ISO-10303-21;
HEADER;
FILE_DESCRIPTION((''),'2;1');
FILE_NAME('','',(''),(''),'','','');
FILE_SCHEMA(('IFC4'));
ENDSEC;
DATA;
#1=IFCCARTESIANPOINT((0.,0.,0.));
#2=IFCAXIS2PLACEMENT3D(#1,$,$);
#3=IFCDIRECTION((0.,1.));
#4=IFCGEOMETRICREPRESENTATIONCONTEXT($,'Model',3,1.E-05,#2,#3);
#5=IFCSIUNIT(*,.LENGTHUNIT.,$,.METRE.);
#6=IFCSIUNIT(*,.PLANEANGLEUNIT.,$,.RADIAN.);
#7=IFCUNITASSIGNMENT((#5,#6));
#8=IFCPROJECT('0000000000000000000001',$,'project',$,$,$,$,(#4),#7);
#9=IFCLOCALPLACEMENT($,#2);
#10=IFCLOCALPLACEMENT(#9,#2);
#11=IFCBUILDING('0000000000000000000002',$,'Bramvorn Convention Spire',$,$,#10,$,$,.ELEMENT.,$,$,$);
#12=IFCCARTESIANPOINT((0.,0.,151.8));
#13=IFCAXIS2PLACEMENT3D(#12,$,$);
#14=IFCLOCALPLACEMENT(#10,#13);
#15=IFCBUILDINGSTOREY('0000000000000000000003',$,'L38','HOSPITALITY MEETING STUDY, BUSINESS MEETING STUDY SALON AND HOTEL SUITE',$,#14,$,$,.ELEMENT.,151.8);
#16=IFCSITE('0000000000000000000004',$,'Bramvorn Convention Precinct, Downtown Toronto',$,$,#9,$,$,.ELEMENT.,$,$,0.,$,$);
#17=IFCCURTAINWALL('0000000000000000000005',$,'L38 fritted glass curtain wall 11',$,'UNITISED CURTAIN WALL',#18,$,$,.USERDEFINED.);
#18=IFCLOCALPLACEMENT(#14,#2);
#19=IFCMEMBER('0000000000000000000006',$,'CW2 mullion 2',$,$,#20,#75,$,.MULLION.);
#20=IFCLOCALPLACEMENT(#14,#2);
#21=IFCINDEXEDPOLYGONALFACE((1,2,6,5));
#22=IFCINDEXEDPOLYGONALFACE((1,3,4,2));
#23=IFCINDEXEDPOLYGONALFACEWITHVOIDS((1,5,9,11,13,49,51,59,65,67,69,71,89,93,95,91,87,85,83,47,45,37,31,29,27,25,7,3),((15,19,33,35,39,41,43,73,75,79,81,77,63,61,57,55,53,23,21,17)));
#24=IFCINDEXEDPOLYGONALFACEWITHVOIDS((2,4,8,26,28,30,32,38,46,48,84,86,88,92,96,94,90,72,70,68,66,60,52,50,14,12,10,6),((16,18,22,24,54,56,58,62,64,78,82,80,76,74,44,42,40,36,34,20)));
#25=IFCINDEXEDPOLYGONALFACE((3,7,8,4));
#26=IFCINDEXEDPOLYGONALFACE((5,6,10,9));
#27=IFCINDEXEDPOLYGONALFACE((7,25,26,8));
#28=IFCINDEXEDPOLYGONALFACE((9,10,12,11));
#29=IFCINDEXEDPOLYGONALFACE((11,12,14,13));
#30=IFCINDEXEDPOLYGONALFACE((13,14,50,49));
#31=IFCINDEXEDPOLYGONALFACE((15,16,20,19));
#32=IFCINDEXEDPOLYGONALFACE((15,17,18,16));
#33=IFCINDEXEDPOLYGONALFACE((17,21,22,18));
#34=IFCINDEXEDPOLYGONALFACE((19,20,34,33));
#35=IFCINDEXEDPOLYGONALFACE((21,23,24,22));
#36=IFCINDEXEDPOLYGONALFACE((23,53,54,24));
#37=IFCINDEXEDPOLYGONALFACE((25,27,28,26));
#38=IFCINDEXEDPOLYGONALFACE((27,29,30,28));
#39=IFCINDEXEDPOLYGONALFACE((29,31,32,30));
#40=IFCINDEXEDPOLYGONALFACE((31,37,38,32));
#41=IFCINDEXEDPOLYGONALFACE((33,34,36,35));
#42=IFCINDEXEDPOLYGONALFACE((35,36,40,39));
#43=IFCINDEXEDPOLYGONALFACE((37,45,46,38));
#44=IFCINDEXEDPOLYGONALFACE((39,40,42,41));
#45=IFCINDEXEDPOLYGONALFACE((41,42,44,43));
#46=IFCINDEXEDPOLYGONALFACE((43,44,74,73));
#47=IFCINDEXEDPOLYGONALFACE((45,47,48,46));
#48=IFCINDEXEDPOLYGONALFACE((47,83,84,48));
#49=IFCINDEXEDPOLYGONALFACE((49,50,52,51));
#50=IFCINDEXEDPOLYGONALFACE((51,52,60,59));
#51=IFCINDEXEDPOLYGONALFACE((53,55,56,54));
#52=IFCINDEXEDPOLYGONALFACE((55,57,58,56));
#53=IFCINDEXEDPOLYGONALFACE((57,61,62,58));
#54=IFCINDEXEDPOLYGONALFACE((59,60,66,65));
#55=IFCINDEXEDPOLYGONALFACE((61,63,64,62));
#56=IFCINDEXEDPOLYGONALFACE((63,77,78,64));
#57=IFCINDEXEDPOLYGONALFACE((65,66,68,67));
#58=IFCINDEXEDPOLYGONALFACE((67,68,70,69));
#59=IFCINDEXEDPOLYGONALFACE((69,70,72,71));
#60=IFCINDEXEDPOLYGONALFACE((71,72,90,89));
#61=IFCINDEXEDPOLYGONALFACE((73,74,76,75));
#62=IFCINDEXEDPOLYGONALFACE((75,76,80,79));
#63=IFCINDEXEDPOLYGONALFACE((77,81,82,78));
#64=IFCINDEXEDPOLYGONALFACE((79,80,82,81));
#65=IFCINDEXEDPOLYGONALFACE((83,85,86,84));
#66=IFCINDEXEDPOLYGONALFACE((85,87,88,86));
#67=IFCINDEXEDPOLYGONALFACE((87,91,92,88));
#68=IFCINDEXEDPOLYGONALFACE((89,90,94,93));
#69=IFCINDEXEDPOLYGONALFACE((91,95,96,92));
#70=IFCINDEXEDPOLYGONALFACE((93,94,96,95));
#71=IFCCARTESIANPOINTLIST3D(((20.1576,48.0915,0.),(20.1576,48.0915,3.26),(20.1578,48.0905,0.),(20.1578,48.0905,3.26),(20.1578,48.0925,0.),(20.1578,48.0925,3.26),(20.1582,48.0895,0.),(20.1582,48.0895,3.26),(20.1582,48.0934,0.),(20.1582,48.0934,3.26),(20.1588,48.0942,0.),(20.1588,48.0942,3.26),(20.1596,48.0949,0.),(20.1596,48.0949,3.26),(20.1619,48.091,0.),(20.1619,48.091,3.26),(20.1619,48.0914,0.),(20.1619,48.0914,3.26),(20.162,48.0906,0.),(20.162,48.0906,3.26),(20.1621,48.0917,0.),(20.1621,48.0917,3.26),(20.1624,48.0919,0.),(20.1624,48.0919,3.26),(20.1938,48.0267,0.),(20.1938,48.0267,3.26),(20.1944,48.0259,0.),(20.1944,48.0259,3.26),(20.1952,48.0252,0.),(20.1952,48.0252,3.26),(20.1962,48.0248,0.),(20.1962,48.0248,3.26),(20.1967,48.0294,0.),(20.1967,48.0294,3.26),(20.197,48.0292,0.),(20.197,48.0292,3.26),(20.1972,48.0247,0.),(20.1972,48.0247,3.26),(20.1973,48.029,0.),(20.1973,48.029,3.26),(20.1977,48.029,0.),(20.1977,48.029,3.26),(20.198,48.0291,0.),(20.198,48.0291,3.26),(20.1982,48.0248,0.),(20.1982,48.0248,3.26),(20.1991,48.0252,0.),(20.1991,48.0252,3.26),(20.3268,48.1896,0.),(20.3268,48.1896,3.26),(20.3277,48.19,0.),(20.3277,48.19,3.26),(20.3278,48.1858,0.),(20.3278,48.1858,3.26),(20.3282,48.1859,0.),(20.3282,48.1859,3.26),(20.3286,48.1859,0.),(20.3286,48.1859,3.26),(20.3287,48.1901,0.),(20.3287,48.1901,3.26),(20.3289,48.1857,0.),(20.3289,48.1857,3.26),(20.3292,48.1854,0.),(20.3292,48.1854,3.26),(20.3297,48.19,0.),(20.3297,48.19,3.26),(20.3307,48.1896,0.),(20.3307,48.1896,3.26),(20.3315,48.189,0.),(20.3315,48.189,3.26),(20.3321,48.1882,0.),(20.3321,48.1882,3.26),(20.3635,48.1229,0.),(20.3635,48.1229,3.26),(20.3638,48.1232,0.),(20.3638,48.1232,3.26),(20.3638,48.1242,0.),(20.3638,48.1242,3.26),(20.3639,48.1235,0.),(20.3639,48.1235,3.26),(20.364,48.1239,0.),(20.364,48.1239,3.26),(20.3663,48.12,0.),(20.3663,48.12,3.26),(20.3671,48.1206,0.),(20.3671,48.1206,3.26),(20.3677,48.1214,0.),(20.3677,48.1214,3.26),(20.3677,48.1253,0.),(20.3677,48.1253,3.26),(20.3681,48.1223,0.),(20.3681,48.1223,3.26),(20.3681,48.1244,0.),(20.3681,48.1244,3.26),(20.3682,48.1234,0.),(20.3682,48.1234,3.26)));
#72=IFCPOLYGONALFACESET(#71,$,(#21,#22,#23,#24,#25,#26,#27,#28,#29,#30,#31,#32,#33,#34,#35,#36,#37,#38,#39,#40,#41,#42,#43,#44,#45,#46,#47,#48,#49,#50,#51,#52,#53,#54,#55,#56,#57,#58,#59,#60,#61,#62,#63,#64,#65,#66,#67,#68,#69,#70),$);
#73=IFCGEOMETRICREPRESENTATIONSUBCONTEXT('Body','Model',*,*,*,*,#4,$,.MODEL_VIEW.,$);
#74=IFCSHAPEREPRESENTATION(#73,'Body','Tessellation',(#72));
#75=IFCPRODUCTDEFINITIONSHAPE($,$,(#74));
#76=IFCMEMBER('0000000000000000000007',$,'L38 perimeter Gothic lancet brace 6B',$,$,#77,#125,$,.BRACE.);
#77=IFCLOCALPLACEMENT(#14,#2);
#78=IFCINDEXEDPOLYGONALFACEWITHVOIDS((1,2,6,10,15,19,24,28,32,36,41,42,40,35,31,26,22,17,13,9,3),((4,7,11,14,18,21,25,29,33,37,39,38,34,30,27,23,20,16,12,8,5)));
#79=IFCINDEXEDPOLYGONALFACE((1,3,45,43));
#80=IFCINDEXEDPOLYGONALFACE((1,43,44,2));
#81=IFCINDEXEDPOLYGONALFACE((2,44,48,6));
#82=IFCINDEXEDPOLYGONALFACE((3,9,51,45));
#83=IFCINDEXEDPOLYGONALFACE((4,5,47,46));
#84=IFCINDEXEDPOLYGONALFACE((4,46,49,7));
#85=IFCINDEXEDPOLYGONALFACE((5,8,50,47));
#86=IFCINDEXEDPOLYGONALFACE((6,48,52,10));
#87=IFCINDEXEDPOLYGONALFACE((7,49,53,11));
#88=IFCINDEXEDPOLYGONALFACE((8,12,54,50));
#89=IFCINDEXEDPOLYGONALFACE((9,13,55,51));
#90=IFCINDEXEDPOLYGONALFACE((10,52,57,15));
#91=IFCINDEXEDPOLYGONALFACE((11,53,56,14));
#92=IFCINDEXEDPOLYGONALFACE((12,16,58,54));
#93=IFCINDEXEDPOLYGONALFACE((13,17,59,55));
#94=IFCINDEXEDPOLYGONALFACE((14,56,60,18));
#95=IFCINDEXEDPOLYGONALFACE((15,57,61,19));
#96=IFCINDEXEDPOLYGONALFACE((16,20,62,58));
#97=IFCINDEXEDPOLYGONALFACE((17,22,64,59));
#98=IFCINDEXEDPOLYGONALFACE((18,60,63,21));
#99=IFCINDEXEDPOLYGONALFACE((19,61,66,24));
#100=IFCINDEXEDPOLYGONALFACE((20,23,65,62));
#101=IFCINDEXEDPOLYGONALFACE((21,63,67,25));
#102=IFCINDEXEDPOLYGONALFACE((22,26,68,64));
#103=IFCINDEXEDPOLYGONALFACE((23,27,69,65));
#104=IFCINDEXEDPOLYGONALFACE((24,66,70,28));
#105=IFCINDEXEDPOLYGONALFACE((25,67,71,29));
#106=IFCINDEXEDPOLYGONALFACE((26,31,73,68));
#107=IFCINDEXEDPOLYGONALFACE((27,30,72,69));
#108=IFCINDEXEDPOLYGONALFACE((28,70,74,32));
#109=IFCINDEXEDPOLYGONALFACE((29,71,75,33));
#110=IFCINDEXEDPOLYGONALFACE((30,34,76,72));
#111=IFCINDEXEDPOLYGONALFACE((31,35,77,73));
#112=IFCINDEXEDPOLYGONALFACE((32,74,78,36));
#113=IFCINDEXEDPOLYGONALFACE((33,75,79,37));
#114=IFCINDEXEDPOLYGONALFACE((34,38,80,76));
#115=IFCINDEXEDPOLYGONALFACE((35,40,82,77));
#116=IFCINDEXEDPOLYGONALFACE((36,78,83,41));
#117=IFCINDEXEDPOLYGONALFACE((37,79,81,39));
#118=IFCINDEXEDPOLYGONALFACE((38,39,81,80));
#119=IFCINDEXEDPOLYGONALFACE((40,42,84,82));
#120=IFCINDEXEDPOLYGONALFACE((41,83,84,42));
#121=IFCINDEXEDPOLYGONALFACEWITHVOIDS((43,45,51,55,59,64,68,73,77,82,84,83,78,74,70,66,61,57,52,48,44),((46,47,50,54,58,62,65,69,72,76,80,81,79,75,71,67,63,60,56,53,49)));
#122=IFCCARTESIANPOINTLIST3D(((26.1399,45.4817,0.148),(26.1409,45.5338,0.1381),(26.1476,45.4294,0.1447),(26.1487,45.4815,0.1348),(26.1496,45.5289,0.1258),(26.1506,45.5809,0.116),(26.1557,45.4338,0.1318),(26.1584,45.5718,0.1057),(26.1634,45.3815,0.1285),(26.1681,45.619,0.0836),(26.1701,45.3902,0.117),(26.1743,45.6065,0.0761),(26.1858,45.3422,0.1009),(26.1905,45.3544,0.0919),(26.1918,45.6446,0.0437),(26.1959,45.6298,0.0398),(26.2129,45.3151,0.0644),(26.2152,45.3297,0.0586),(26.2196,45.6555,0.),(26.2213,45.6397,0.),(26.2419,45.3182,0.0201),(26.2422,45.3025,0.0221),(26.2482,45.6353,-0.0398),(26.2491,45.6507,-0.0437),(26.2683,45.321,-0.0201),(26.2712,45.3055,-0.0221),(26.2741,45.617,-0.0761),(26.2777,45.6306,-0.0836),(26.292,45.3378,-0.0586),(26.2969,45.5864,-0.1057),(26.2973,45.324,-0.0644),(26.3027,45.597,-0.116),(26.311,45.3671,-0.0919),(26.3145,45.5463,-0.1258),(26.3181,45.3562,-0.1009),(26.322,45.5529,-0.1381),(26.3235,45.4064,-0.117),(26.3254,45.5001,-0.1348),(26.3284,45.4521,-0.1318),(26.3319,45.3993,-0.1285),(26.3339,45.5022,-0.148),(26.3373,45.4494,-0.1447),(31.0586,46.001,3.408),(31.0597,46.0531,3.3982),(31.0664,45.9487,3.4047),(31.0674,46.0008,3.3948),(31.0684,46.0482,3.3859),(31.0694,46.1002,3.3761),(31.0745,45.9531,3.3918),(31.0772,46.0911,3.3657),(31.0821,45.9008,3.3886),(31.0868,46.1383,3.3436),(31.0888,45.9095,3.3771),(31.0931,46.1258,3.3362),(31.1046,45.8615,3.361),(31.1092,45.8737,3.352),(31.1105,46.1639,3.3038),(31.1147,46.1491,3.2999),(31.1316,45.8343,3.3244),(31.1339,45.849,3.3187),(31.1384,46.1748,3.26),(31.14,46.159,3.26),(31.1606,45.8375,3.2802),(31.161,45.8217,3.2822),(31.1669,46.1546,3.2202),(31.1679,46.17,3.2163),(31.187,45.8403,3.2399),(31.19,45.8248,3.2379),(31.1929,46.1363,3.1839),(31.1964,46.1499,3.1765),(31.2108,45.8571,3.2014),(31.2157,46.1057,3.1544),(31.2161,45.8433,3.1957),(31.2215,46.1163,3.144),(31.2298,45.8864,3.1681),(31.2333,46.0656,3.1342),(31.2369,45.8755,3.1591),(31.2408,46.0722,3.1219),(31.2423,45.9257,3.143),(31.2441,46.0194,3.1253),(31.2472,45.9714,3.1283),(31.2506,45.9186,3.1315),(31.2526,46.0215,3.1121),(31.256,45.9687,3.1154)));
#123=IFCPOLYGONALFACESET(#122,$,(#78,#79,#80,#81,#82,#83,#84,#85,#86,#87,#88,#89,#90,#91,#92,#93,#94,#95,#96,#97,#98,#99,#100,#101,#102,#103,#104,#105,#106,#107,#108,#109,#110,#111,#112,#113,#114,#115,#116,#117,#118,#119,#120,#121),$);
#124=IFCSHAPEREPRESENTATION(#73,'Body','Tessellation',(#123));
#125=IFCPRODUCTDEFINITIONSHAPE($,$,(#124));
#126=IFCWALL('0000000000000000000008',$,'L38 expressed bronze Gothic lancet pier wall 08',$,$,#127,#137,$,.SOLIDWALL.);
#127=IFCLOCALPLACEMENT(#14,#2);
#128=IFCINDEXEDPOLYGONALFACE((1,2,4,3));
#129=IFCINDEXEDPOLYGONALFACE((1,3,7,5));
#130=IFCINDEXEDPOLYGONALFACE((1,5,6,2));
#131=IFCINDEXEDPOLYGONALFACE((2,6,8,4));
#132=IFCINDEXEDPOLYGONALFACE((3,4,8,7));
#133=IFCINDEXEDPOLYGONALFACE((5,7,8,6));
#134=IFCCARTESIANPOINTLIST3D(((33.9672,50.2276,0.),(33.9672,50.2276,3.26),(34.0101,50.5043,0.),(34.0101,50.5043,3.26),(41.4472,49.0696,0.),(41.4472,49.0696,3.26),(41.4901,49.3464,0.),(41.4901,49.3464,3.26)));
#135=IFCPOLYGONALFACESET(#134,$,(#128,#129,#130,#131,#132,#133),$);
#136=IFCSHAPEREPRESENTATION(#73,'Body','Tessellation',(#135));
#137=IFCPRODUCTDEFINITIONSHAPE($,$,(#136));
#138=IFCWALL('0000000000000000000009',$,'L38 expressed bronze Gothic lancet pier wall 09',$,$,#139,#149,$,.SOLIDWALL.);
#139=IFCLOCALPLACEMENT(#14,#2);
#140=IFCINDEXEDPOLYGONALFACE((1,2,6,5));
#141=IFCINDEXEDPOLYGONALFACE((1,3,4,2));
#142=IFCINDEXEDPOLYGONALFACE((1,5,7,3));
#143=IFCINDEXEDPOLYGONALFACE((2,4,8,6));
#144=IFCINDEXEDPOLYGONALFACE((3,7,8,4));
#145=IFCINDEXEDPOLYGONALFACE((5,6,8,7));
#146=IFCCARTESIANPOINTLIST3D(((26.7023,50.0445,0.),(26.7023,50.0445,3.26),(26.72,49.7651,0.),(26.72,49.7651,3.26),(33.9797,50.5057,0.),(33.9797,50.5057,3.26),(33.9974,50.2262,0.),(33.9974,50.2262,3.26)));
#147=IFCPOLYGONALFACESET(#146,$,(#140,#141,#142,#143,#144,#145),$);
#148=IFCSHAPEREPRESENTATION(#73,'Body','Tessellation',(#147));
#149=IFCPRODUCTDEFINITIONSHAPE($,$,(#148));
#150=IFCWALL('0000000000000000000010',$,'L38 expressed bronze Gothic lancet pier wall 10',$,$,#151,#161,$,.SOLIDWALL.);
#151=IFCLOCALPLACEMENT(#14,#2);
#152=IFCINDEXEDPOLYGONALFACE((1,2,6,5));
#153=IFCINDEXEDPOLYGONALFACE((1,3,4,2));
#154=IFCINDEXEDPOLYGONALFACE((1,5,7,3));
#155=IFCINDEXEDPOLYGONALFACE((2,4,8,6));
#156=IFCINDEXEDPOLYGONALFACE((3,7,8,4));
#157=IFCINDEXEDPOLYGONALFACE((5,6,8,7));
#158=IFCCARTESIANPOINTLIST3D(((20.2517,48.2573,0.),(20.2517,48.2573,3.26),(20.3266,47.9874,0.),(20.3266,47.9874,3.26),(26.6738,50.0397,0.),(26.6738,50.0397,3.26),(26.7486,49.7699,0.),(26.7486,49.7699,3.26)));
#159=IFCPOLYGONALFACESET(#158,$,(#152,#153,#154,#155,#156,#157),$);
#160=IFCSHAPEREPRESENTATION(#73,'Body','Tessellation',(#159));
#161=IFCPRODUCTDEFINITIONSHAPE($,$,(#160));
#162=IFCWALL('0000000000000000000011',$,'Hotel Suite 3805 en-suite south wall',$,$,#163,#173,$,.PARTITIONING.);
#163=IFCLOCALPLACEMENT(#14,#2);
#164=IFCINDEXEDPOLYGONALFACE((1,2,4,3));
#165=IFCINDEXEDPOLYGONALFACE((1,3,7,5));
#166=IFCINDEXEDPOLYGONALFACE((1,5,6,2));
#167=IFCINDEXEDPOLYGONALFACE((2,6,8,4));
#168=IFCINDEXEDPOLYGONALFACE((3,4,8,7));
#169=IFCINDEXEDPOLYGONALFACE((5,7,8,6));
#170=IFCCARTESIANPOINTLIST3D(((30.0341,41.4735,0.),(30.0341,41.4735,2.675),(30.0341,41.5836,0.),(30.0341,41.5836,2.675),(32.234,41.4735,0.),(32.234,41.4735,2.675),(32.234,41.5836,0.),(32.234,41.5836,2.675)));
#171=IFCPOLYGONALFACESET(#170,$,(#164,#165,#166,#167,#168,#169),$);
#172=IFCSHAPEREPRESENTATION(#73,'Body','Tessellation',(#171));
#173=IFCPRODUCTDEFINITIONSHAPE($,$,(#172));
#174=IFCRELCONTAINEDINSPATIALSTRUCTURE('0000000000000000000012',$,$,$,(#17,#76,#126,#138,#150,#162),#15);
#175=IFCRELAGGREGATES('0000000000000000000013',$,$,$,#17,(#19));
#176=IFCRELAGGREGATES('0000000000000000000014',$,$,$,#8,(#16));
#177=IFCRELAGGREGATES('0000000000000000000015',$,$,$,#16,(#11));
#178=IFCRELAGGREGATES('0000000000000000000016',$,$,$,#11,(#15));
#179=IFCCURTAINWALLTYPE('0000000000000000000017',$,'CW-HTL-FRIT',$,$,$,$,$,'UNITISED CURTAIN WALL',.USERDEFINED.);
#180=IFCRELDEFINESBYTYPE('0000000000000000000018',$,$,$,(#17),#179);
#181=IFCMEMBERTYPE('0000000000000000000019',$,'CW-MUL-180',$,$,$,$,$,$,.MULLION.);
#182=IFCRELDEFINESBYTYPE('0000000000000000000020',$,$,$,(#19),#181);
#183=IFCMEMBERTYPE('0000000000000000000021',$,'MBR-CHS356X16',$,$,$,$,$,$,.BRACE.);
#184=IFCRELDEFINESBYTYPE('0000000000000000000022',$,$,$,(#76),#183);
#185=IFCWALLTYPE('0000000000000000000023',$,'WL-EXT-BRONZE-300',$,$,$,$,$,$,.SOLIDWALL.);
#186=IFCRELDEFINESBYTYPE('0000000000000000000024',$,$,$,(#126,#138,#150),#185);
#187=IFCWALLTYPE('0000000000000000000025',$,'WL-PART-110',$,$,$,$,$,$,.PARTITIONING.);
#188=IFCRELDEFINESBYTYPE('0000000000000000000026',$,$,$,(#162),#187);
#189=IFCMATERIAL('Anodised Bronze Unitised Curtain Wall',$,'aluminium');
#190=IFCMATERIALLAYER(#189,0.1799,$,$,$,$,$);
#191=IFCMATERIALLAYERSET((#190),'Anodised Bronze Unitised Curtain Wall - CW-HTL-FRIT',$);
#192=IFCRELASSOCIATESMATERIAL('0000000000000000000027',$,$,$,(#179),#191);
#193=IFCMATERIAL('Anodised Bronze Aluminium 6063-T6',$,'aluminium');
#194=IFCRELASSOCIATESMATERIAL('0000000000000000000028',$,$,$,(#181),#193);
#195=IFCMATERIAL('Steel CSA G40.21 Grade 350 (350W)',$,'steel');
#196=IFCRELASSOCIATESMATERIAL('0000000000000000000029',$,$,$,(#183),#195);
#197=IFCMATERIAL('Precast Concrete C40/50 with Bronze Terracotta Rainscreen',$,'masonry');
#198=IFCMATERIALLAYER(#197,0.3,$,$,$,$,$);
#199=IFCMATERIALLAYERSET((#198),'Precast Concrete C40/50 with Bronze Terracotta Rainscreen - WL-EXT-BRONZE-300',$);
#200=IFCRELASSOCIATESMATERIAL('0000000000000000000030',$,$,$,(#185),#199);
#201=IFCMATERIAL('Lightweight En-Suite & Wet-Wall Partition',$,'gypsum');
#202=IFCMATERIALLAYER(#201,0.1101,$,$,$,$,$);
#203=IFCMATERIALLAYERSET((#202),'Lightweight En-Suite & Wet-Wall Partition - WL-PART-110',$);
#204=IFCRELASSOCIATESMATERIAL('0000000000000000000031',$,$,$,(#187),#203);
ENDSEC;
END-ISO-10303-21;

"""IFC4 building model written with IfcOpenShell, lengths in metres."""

from ifc_helpers import new_model, si_unit, direction, frame, frame_2d, origin, origin_2d, place, context, subcontext, project, spatial, rectangle, hollow_rectangle, hollow_circle, extrude, material, layer, layer_set, material_profile, profile_set, type_object, element, aggregate, save


model = new_model("IFC4")

# Units and contexts
model_context = context("Model", 3, precision=1e-05, world=origin(), true_north=direction((0.0, 1.0)))
body_context = subcontext(model_context, "Body", "Model", "MODEL_VIEW")
ifc_project = project(units=[si_unit("LENGTHUNIT", "METRE"), si_unit("PLANEANGLEUNIT", "RADIAN")], contexts=[model_context])

# Site, building, storey
site_placement = place(None, origin())
site = spatial("IfcSite", under=ifc_project, at=site_placement, Name="Bramvorn Convention Precinct, Downtown Toronto", CompositionType="ELEMENT", RefElevation=0.0)
building_placement = place(site_placement, origin())
building = spatial("IfcBuilding", under=site, at=building_placement, Name="Bramvorn Convention Spire", CompositionType="ELEMENT")
storey_placement = place(building_placement, frame((0.0, 0.0, 151.8)))
storey = spatial("IfcBuildingStorey", under=building, at=storey_placement, Name="L38", Description="HOSPITALITY MEETING STUDY, BUSINESS MEETING STUDY SALON AND HOTEL SUITE", CompositionType="ELEMENT", Elevation=151.8)

# Shared definitions
ifc_material_1 = material(Name="Steel CSA G40.21 Grade 350 (350W)", Category="steel")

# Curtain wall, member
ifc_material_2 = material(Name="Anodised Bronze Unitised Curtain Wall", Category="aluminium")
ifc_layer_1 = layer(ifc_material_2, 0.1799)
ifc_layer_set_1 = layer_set([ifc_layer_1], Name="Anodised Bronze Unitised Curtain Wall - CW-HTL-FRIT")
curtain_wall_type = type_object("IfcCurtainWallType", Name="CW-HTL-FRIT", ElementType="UNITISED CURTAIN WALL", PredefinedType="USERDEFINED", material=ifc_layer_set_1)
curtain_wall_placement = place(storey_placement, origin())
curtain_wall = element("IfcCurtainWall", 1, at=curtain_wall_placement, inside=storey, type_object=curtain_wall_type, Name="L38 fritted glass curtain wall 11", ObjectType="UNITISED CURTAIN WALL", PredefinedType="USERDEFINED")
ifc_material_3 = material(Name="Anodised Bronze Aluminium 6063-T6", Category="aluminium")
ifc_material_profile_1 = material_profile(ifc_material_3, hollow_rectangle(XDim=0.0801, YDim=0.2, WallThickness=0.0039, InnerFilletRadius=0.001, OuterFilletRadius=0.0039, at=origin_2d()))
ifc_profile_set_1 = profile_set([ifc_material_profile_1], Name="Anodised Bronze Aluminium 6063-T6 - CWM80X200")
member_type_1 = type_object("IfcMemberType", Name="CW-MUL-180", PredefinedType="MULLION", material=ifc_profile_set_1)
member_1_placement = place(storey_placement, frame((20.2629, 48.1074, 0.0), z_axis=(0.0, 0.0, 1.0), x_axis=(-0.493303, 0.869858, 0.0)))
member_1 = element("IfcMember", 2, at=member_1_placement, type_object=member_type_1, Name="CW2 mullion 2", PredefinedType="MULLION", context=body_context, shape_type="SweptSolid", body=[
    extrude(hollow_rectangle(XDim=0.0801, YDim=0.2, WallThickness=0.0039, InnerFilletRadius=0.001, OuterFilletRadius=0.0039, at=origin_2d()), origin(), (0.0, 0.0, 1.0), 3.26),
])
aggregate(curtain_wall, [member_1])

# Member
ifc_material_profile_2 = material_profile(ifc_material_1, hollow_circle(Radius=0.1777, WallThickness=0.0159, at=origin_2d()))
ifc_profile_set_2 = profile_set([ifc_material_profile_2], Name="Steel CSA G40.21 Grade 350 (350W) - CHS356X16")
member_type_2 = type_object("IfcMemberType", Name="MBR-CHS356X16", PredefinedType="BRACE", material=ifc_profile_set_2)
member_2_placement = place(storey_placement, frame((26.2383, 45.4788, 0.0), z_axis=(0.830334, 0.087662, 0.550328), x_axis=(-0.104991, 0.994473, 0.0)))
element("IfcMember", 3, at=member_2_placement, inside=storey, type_object=member_type_2, Name="L38 perimeter Gothic lancet brace 6B", PredefinedType="BRACE", context=body_context, shape_type="SweptSolid", body=[
    extrude(hollow_circle(Radius=0.1777, WallThickness=0.0159, at=origin_2d()), origin(), (0.0, 0.0, 1.0), 5.9238),
])

# Walls
ifc_material_4 = material(Name="Precast Concrete C40/50 with Bronze Terracotta Rainscreen", Category="masonry")
ifc_layer_2 = layer(ifc_material_4, 0.3)
ifc_layer_set_2 = layer_set([ifc_layer_2], Name="Precast Concrete C40/50 with Bronze Terracotta Rainscreen - WL-EXT-BRONZE-300")
wall_type_1 = type_object("IfcWallType", Name="WL-EXT-BRONZE-300", PredefinedType="SOLIDWALL", material=ifc_layer_set_2)
wall_1_placement = place(storey_placement, frame((33.9885, 50.366, 0.0), z_axis=(0.0, 0.0, 1.0), x_axis=(0.988228, -0.152985, 0.0)))
element("IfcWall", 4, at=wall_1_placement, inside=storey, type_object=wall_type_1, Name="L38 expressed bronze Gothic lancet pier wall 08", PredefinedType="SOLIDWALL", context=body_context, shape_type="SweptSolid", body=[
    extrude(rectangle(XDim=7.5691, YDim=0.28, at=frame_2d((3.7847, 0.0))), origin(), (0.0, 0.0, 1.0), 3.26),
])
wall_2_placement = place(storey_placement, frame((26.7112, 49.9048, 0.0), z_axis=(0.0, 0.0, 1.0), x_axis=(0.997998, 0.063245, 0.0)))
element("IfcWall", 5, at=wall_2_placement, inside=storey, type_object=wall_type_1, Name="L38 expressed bronze Gothic lancet pier wall 09", PredefinedType="SOLIDWALL", context=body_context, shape_type="SweptSolid", body=[
    extrude(rectangle(XDim=7.292, YDim=0.28, at=frame_2d((3.646, 0.0))), origin(), (0.0, 0.0, 1.0), 3.26),
])
wall_3_placement = place(storey_placement, frame((20.2891, 48.1223, 0.0), z_axis=(0.0, 0.0, 1.0), x_axis=(0.963574, 0.267442, 0.0)))
element("IfcWall", 6, at=wall_3_placement, inside=storey, type_object=wall_type_1, Name="L38 expressed bronze Gothic lancet pier wall 10", PredefinedType="SOLIDWALL", context=body_context, shape_type="SweptSolid", body=[
    extrude(rectangle(XDim=6.6648, YDim=0.28, at=frame_2d((3.3325, 0.0))), origin(), (0.0, 0.0, 1.0), 3.26),
])
ifc_material_5 = material(Name="Lightweight En-Suite & Wet-Wall Partition", Category="gypsum")
ifc_layer_3 = layer(ifc_material_5, 0.1101)
ifc_layer_set_3 = layer_set([ifc_layer_3], Name="Lightweight En-Suite & Wet-Wall Partition - WL-PART-110")
wall_type_2 = type_object("IfcWallType", Name="WL-PART-110", PredefinedType="PARTITIONING", material=ifc_layer_set_3)
wall_4_placement = place(storey_placement, frame((30.0339, 41.5286, 0.0), z_axis=(0.0, 0.0, 1.0), x_axis=(1.0, 0.0, 0.0)))
element("IfcWall", 7, at=wall_4_placement, inside=storey, type_object=wall_type_2, Name="Hotel Suite 3805 en-suite south wall", PredefinedType="PARTITIONING", context=body_context, shape_type="SweptSolid", body=[
    extrude(rectangle(XDim=2.2, YDim=0.1101, at=frame_2d((1.1001, 0.0))), origin(), (0.0, 0.0, 1.0), 2.675),
])

save(model, "model.ifc")
